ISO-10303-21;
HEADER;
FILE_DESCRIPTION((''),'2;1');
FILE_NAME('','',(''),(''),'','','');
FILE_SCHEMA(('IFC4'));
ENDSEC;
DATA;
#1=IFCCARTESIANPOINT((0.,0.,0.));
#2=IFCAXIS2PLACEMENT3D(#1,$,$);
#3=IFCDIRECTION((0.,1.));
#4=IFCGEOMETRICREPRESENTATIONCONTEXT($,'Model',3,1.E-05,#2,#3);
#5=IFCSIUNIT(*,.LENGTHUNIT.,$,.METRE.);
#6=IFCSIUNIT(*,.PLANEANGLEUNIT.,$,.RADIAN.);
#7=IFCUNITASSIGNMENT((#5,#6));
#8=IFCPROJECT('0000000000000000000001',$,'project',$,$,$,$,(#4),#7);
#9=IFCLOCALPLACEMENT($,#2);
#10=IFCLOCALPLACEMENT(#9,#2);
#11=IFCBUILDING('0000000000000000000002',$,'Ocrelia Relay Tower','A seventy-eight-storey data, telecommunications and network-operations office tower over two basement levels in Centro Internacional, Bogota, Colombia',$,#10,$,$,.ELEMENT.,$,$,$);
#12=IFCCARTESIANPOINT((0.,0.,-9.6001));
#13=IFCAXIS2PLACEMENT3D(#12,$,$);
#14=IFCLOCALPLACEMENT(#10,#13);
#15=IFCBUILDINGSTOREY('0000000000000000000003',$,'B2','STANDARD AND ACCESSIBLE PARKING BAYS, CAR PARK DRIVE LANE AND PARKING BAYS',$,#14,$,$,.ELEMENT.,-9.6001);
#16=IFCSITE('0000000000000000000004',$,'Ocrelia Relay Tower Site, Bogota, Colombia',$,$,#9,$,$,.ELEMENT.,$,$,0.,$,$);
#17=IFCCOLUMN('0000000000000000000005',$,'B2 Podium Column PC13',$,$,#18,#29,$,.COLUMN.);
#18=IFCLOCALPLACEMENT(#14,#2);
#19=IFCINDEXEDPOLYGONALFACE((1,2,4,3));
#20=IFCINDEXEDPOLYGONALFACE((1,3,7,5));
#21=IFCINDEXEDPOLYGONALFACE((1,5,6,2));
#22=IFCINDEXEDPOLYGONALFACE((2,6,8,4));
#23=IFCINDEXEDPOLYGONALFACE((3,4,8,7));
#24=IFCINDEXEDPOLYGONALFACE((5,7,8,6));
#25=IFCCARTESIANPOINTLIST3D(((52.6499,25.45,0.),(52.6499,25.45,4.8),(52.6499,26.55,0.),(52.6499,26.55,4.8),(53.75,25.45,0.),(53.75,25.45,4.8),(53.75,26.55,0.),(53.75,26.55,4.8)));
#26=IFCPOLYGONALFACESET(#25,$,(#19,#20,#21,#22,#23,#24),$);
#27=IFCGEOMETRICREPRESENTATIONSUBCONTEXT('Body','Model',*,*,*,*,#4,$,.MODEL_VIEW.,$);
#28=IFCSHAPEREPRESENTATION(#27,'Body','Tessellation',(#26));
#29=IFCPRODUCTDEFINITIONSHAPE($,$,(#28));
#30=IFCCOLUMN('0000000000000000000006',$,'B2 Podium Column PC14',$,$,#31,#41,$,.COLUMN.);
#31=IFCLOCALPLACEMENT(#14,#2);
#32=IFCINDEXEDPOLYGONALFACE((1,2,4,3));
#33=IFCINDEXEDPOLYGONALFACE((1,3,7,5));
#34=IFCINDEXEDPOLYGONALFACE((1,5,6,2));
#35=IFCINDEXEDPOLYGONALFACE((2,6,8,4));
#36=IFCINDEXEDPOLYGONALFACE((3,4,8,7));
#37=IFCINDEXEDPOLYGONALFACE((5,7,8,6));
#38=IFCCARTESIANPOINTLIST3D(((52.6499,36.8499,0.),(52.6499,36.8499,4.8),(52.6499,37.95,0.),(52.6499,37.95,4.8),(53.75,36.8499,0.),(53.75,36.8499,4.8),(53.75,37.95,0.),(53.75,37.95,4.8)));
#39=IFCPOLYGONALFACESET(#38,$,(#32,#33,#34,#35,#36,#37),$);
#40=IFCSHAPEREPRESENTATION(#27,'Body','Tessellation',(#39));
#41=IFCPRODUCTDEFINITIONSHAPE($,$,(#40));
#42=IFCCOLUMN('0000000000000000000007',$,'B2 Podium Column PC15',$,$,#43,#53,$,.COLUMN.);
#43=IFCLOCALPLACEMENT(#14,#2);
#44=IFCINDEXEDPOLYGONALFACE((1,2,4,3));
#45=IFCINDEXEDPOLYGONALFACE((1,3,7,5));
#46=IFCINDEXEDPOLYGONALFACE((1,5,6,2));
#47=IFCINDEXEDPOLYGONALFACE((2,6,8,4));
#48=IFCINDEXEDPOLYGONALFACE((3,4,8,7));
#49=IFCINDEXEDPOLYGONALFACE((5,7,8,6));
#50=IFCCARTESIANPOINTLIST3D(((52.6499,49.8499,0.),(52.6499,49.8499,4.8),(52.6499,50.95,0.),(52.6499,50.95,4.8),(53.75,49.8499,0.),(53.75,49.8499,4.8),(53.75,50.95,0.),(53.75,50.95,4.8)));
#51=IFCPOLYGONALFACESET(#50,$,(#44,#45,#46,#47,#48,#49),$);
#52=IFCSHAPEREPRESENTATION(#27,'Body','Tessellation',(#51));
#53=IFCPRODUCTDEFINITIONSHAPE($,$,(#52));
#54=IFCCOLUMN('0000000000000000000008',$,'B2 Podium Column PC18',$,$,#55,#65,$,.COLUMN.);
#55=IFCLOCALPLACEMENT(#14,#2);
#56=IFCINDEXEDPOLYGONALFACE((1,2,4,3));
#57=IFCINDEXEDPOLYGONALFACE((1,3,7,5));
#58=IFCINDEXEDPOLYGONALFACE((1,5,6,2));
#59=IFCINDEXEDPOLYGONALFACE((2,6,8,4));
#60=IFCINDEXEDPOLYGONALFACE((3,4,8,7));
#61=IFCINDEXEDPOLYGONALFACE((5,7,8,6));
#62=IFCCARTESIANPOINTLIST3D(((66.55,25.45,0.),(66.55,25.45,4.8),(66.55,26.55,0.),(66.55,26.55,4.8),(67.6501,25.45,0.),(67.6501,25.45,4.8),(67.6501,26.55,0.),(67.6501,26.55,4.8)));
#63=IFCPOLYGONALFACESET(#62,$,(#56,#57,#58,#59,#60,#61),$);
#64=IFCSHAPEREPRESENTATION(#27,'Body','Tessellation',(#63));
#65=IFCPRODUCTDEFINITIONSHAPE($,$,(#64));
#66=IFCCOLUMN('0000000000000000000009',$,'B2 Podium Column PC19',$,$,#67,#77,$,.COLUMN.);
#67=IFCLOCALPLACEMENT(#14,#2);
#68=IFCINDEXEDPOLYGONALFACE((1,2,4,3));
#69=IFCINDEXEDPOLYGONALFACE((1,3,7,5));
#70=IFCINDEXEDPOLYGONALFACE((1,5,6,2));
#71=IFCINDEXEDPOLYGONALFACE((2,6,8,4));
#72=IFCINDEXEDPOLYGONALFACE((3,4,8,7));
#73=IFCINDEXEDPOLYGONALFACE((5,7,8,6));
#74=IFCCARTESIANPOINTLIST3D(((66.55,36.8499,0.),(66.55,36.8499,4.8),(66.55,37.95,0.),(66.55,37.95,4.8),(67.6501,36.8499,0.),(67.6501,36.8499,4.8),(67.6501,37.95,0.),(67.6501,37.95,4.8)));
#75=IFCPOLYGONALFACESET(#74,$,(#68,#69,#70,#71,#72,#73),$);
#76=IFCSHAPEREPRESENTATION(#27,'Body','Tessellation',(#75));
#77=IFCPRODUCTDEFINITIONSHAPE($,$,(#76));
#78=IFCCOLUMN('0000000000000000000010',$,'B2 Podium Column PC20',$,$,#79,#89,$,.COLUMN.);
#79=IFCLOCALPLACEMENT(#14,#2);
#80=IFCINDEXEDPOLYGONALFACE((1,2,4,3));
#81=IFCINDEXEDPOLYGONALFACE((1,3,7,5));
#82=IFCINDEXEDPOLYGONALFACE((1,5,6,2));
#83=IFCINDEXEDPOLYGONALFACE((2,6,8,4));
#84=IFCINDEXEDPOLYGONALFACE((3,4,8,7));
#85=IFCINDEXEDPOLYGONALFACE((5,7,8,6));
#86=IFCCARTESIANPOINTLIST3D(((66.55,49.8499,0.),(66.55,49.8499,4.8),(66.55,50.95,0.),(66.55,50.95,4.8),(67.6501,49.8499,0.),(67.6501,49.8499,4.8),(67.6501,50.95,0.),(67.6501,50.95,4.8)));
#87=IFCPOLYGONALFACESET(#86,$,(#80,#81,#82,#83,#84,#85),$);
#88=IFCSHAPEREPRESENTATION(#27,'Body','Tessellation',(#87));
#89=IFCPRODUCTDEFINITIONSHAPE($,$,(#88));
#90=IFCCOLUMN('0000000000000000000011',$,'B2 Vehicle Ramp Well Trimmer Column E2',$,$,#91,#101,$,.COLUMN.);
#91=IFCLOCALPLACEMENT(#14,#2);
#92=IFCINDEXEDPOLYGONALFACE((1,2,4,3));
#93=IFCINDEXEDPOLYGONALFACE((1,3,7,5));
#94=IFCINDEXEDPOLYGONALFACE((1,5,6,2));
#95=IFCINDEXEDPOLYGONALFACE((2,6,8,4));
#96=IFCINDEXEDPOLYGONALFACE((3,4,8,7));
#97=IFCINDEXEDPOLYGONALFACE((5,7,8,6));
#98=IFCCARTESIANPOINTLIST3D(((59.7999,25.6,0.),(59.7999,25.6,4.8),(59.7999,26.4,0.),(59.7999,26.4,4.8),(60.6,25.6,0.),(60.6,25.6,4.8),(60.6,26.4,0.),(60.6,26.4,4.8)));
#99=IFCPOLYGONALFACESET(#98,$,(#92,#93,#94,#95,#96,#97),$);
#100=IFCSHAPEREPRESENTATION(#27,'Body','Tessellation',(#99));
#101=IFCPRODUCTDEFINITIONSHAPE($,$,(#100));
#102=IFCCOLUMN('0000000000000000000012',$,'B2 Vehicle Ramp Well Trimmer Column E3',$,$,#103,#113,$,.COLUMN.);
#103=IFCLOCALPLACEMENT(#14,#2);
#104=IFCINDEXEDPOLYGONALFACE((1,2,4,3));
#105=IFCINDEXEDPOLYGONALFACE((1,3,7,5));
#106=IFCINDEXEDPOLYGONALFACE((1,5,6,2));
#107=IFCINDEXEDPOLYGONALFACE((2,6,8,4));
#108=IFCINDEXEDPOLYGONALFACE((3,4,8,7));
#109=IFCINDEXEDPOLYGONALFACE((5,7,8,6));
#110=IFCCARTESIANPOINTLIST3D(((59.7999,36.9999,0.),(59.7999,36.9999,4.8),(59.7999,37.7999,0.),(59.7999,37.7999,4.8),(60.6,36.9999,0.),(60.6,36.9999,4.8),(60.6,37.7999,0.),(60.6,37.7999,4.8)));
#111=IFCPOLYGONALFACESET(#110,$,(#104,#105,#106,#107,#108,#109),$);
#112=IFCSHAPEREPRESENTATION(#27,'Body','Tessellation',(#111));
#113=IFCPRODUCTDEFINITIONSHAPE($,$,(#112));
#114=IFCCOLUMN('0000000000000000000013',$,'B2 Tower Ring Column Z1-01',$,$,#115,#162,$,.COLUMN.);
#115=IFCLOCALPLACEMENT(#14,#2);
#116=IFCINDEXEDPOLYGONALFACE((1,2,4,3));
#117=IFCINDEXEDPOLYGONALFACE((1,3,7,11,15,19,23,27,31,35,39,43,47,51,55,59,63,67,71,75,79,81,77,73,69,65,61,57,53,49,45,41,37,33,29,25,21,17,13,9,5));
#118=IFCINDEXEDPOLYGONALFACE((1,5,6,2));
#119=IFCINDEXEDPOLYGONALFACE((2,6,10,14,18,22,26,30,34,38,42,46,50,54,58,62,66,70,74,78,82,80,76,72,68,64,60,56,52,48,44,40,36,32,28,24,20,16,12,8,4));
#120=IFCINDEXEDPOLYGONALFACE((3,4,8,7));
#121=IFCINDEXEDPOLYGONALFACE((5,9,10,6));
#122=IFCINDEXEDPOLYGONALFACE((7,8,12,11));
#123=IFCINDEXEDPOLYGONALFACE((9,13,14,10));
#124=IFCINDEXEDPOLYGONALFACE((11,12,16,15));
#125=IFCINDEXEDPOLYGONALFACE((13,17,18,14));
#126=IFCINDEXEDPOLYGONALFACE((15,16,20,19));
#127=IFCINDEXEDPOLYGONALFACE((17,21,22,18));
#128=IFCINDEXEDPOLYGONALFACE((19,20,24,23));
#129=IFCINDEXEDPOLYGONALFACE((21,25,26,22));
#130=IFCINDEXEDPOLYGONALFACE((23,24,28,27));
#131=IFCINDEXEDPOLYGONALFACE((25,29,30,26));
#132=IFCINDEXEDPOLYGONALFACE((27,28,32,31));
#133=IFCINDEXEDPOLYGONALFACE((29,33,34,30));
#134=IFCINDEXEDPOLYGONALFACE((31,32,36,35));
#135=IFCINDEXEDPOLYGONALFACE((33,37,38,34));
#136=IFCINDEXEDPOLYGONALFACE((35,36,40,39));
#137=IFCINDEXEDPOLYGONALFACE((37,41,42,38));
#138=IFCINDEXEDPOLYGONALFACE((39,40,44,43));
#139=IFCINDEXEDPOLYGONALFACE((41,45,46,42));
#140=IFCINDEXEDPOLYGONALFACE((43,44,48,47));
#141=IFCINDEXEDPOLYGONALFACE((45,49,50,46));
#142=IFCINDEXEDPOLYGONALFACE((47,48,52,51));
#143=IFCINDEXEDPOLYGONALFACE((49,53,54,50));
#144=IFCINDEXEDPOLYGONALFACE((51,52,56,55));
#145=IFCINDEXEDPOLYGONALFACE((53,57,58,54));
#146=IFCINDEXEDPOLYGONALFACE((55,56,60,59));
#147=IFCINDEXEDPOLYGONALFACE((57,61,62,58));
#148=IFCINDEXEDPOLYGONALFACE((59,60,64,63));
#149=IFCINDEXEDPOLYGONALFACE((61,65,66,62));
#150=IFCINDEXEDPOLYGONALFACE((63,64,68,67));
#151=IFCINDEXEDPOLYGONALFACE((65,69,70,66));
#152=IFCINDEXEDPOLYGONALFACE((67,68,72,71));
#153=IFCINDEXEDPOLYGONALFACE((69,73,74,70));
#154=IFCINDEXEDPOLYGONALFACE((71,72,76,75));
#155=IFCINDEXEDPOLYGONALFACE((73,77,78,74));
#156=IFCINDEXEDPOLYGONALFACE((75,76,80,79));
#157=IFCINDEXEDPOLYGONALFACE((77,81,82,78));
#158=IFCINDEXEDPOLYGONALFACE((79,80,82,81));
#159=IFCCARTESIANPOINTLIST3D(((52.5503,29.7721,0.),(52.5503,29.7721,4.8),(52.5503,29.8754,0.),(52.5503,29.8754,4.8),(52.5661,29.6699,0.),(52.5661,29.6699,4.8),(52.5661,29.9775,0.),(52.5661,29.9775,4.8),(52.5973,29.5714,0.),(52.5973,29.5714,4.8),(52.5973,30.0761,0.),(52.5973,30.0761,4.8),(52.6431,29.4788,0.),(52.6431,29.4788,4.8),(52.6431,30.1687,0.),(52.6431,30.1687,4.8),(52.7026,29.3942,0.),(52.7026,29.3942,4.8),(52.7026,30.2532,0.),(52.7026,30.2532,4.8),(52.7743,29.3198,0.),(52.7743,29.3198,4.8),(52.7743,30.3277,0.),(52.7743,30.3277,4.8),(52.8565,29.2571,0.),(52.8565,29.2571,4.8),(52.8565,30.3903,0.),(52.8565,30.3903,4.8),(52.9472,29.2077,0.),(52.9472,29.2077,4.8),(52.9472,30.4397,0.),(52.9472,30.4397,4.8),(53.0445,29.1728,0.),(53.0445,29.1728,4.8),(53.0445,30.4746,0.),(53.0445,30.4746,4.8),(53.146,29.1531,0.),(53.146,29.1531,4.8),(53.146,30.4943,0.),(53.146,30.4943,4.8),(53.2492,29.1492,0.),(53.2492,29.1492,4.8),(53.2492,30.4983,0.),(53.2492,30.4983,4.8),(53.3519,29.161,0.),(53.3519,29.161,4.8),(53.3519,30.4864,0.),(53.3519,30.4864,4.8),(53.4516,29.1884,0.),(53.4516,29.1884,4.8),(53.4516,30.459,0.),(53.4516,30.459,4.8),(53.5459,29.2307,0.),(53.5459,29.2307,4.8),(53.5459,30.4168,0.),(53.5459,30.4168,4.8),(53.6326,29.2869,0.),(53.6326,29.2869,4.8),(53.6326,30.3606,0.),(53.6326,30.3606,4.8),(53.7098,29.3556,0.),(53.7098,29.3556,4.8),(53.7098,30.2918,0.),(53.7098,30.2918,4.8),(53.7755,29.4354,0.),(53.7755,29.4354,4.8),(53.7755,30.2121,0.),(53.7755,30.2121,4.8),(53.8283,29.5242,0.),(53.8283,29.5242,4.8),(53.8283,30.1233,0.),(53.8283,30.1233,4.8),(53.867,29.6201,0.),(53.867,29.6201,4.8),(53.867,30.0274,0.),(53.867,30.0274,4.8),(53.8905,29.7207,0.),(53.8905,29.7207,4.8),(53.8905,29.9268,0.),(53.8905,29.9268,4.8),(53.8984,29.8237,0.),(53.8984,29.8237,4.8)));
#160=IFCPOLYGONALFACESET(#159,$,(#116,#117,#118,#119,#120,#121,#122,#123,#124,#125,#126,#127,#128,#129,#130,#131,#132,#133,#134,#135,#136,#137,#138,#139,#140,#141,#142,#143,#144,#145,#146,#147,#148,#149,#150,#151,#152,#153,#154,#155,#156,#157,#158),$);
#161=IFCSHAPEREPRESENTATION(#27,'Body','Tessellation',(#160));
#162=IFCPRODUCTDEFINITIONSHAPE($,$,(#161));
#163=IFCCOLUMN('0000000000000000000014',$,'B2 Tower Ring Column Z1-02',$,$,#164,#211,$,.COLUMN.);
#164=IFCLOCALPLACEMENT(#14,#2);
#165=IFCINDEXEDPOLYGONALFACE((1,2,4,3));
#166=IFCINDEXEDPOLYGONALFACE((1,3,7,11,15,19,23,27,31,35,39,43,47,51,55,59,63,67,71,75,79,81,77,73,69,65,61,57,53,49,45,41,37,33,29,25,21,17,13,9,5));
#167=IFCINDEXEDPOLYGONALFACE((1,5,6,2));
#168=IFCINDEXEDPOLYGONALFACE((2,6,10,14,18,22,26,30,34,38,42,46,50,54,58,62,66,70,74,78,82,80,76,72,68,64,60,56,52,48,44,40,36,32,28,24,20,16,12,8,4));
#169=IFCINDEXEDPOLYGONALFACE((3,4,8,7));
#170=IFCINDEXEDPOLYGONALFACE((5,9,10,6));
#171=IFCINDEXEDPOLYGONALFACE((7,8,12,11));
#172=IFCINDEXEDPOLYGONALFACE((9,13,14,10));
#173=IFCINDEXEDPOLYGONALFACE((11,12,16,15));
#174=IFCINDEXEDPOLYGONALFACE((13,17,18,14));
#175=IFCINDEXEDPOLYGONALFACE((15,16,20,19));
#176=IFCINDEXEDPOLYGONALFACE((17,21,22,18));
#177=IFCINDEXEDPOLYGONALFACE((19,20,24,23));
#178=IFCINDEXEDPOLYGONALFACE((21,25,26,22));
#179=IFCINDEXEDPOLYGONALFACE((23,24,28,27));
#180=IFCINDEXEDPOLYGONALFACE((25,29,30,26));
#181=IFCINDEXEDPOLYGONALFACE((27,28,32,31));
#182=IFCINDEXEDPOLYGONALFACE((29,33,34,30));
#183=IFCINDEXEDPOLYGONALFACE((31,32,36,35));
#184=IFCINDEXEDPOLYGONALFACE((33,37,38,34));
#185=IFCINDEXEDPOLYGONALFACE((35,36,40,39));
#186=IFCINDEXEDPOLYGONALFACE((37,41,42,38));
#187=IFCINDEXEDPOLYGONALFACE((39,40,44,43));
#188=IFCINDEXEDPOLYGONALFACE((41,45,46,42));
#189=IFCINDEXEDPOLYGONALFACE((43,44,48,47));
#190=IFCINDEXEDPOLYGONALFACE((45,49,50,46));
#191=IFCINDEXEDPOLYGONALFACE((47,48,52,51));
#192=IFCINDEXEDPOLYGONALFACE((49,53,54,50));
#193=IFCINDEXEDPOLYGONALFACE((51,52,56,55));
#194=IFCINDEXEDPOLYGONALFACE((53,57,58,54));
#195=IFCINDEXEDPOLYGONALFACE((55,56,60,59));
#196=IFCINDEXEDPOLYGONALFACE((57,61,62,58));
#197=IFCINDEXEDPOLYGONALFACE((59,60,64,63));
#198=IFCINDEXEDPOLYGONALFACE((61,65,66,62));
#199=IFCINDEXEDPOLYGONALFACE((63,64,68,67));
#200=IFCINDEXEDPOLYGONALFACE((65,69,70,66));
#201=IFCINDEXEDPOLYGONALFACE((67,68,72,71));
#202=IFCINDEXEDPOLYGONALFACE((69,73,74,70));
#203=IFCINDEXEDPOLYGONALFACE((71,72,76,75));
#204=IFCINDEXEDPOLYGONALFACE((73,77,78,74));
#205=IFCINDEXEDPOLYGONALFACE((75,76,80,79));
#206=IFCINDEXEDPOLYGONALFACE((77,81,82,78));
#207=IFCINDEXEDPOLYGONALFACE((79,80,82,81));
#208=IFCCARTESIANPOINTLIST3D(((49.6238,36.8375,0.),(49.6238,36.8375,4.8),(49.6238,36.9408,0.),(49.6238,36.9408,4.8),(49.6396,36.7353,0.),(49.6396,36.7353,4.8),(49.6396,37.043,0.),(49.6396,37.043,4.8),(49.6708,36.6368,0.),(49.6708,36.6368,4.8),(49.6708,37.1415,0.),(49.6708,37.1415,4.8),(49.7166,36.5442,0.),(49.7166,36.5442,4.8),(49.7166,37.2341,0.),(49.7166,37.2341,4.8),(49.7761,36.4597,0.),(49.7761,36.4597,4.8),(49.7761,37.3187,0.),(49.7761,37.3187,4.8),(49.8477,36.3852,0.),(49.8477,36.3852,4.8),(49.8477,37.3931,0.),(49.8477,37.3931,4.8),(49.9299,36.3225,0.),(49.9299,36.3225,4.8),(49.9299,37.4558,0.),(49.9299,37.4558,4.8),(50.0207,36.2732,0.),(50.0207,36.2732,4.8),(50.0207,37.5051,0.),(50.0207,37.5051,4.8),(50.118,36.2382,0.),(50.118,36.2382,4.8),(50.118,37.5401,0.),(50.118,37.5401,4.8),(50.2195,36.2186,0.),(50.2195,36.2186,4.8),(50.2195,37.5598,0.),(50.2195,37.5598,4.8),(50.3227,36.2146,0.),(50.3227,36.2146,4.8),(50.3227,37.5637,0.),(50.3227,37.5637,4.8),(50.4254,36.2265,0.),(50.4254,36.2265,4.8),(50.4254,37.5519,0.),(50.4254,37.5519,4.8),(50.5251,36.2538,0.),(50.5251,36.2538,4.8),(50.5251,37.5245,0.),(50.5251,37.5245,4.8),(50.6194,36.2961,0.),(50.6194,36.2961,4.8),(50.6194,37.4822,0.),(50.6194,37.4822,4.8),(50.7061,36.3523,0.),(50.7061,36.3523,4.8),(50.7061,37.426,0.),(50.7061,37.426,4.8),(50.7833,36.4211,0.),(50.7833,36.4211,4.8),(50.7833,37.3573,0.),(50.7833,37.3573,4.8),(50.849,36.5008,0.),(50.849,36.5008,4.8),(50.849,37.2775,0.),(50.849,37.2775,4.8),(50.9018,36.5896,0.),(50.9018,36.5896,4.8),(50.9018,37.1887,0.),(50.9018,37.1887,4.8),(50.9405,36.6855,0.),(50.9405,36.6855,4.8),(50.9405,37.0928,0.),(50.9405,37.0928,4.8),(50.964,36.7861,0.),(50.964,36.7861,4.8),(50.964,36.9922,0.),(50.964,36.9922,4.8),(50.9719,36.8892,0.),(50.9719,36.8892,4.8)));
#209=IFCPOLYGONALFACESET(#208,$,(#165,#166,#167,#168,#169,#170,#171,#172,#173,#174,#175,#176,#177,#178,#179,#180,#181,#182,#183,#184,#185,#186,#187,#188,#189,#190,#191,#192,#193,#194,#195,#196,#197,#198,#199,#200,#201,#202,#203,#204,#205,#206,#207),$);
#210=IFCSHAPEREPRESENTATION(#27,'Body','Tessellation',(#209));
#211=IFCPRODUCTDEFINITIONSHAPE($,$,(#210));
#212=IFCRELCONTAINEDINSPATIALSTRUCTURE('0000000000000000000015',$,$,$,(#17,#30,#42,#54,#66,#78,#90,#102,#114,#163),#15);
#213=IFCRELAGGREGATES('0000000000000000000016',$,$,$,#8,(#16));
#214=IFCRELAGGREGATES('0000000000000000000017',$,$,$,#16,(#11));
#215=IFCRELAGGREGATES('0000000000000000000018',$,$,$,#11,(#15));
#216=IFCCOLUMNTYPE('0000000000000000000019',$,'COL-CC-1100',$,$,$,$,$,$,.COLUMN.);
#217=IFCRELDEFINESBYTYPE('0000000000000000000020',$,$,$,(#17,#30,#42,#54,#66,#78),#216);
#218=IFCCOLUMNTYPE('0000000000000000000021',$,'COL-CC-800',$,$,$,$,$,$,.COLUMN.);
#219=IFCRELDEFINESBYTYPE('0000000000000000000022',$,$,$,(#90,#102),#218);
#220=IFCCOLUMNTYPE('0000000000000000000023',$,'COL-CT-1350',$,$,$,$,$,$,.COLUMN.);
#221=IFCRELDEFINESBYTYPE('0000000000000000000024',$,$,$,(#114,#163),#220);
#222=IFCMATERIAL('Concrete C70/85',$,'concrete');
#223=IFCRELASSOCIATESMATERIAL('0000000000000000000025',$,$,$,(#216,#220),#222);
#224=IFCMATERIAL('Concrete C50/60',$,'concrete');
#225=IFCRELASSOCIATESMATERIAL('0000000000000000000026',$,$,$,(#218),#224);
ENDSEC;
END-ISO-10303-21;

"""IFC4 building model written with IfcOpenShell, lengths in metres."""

from ifc_helpers import new_model, si_unit, direction, frame, origin, origin_2d, place, context, subcontext, project, spatial, rectangle, circle, extrude, material, material_profile, profile_set, type_object, element, save


model = new_model("IFC4")

# Units and contexts
model_context = context("Model", 3, precision=1e-05, world=origin(), true_north=direction((0.0, 1.0)))
body_context = subcontext(model_context, "Body", "Model", "MODEL_VIEW")
ifc_project = project(units=[si_unit("LENGTHUNIT", "METRE"), si_unit("PLANEANGLEUNIT", "RADIAN")], contexts=[model_context])

# Site, building, storey
site_placement = place(None, origin())
site = spatial("IfcSite", under=ifc_project, at=site_placement, Name="Ocrelia Relay Tower Site, Bogota, Colombia", CompositionType="ELEMENT", RefElevation=0.0)
building_placement = place(site_placement, origin())
building = spatial("IfcBuilding", under=site, at=building_placement, Name="Ocrelia Relay Tower", Description="A seventy-eight-storey data, telecommunications and network-operations office tower over two basement levels in Centro Internacional, Bogota, Colombia", CompositionType="ELEMENT")
storey_placement = place(building_placement, frame((0.0, 0.0, -9.6001)))
storey = spatial("IfcBuildingStorey", under=building, at=storey_placement, Name="B2", Description="STANDARD AND ACCESSIBLE PARKING BAYS, CAR PARK DRIVE LANE AND PARKING BAYS", CompositionType="ELEMENT", Elevation=-9.6001)

# Shared definitions
ifc_material_1 = material(Name="Concrete C50/60", Category="concrete")

# Columns
ifc_material_2 = material(Name="Concrete C70/85", Category="concrete")
ifc_material_profile_1 = material_profile(ifc_material_2, rectangle(XDim=1.1001, YDim=1.1001, at=origin_2d()), Name="RC-COL-1100x1100")
ifc_profile_set_1 = profile_set([ifc_material_profile_1], Name="Concrete C70/85")
column_type_1 = type_object("IfcColumnType", Name="COL-CC-1100", PredefinedType="COLUMN", material=ifc_profile_set_1)
for number, where, z_axis, x_axis, name in (
    (1, (53.2, 26.0, 0.0), (0.0, 0.0, 1.0), (1.0, 0.0, 0.0), "B2 Podium Column PC13"),
    (2, (53.2, 37.3999, 0.0), (0.0, 0.0, 1.0), (1.0, 0.0, 0.0), "B2 Podium Column PC14"),
    (3, (53.2, 50.3999, 0.0), (0.0, 0.0, 1.0), (1.0, 0.0, 0.0), "B2 Podium Column PC15"),
    (4, (67.1001, 26.0, 0.0), (0.0, 0.0, 1.0), (1.0, 0.0, 0.0), "B2 Podium Column PC18"),
    (5, (67.1001, 37.3999, 0.0), (0.0, 0.0, 1.0), (1.0, 0.0, 0.0), "B2 Podium Column PC19"),
    (6, (67.1001, 50.3999, 0.0), (0.0, 0.0, 1.0), (1.0, 0.0, 0.0), "B2 Podium Column PC20"),
):
    element("IfcColumn", number, at=place(storey_placement, frame(where, z_axis=z_axis, x_axis=x_axis)), inside=storey, type_object=column_type_1, Name=name, PredefinedType="COLUMN", context=body_context, shape_type="SweptSolid", body=[
        extrude(rectangle(XDim=1.1001, YDim=1.1001, at=origin_2d()), origin(), (0.0, 0.0, 1.0), 4.8),
    ])
ifc_material_profile_2 = material_profile(ifc_material_1, rectangle(XDim=0.8, YDim=0.8, at=origin_2d()), Name="RC-COL-800x800")
ifc_profile_set_2 = profile_set([ifc_material_profile_2], Name="Concrete C50/60")
column_type_2 = type_object("IfcColumnType", Name="COL-CC-800", PredefinedType="COLUMN", material=ifc_profile_set_2)
for number, where, z_axis, x_axis, name in (
    (7, (60.2, 26.0, 0.0), (0.0, 0.0, 1.0), (1.0, 0.0, 0.0), "B2 Vehicle Ramp Well Trimmer Column E2"),
    (8, (60.2, 37.3999, 0.0), (0.0, 0.0, 1.0), (1.0, 0.0, 0.0), "B2 Vehicle Ramp Well Trimmer Column E3"),
):
    element("IfcColumn", number, at=place(storey_placement, frame(where, z_axis=z_axis, x_axis=x_axis)), inside=storey, type_object=column_type_2, Name=name, PredefinedType="COLUMN", context=body_context, shape_type="SweptSolid", body=[
        extrude(rectangle(XDim=0.8, YDim=0.8, at=origin_2d()), origin(), (0.0, 0.0, 1.0), 4.8),
    ])
ifc_material_profile_3 = material_profile(ifc_material_2, circle(Radius=0.675, at=origin_2d()), Name="RC-CIR-1350")
ifc_profile_set_3 = profile_set([ifc_material_profile_3], Name="Concrete C70/85")
column_type_3 = type_object("IfcColumnType", Name="COL-CT-1350", PredefinedType="COLUMN", material=ifc_profile_set_3)
for number, where, z_axis, x_axis, name in (
    (9, (53.2234, 29.8237, 0.0), (0.0, 0.0, 1.0), (1.0, 0.0, 0.0), "B2 Tower Ring Column Z1-01"),
    (10, (50.2969, 36.8892, 0.0), (0.0, 0.0, 1.0), (1.0, 0.0, 0.0), "B2 Tower Ring Column Z1-02"),
):
    element("IfcColumn", number, at=place(storey_placement, frame(where, z_axis=z_axis, x_axis=x_axis)), inside=storey, type_object=column_type_3, Name=name, PredefinedType="COLUMN", context=body_context, shape_type="SweptSolid", body=[
        extrude(circle(Radius=0.675, at=origin_2d()), origin(), (0.0, 0.0, 1.0), 4.8),
    ])

save(model, "model.ifc")
